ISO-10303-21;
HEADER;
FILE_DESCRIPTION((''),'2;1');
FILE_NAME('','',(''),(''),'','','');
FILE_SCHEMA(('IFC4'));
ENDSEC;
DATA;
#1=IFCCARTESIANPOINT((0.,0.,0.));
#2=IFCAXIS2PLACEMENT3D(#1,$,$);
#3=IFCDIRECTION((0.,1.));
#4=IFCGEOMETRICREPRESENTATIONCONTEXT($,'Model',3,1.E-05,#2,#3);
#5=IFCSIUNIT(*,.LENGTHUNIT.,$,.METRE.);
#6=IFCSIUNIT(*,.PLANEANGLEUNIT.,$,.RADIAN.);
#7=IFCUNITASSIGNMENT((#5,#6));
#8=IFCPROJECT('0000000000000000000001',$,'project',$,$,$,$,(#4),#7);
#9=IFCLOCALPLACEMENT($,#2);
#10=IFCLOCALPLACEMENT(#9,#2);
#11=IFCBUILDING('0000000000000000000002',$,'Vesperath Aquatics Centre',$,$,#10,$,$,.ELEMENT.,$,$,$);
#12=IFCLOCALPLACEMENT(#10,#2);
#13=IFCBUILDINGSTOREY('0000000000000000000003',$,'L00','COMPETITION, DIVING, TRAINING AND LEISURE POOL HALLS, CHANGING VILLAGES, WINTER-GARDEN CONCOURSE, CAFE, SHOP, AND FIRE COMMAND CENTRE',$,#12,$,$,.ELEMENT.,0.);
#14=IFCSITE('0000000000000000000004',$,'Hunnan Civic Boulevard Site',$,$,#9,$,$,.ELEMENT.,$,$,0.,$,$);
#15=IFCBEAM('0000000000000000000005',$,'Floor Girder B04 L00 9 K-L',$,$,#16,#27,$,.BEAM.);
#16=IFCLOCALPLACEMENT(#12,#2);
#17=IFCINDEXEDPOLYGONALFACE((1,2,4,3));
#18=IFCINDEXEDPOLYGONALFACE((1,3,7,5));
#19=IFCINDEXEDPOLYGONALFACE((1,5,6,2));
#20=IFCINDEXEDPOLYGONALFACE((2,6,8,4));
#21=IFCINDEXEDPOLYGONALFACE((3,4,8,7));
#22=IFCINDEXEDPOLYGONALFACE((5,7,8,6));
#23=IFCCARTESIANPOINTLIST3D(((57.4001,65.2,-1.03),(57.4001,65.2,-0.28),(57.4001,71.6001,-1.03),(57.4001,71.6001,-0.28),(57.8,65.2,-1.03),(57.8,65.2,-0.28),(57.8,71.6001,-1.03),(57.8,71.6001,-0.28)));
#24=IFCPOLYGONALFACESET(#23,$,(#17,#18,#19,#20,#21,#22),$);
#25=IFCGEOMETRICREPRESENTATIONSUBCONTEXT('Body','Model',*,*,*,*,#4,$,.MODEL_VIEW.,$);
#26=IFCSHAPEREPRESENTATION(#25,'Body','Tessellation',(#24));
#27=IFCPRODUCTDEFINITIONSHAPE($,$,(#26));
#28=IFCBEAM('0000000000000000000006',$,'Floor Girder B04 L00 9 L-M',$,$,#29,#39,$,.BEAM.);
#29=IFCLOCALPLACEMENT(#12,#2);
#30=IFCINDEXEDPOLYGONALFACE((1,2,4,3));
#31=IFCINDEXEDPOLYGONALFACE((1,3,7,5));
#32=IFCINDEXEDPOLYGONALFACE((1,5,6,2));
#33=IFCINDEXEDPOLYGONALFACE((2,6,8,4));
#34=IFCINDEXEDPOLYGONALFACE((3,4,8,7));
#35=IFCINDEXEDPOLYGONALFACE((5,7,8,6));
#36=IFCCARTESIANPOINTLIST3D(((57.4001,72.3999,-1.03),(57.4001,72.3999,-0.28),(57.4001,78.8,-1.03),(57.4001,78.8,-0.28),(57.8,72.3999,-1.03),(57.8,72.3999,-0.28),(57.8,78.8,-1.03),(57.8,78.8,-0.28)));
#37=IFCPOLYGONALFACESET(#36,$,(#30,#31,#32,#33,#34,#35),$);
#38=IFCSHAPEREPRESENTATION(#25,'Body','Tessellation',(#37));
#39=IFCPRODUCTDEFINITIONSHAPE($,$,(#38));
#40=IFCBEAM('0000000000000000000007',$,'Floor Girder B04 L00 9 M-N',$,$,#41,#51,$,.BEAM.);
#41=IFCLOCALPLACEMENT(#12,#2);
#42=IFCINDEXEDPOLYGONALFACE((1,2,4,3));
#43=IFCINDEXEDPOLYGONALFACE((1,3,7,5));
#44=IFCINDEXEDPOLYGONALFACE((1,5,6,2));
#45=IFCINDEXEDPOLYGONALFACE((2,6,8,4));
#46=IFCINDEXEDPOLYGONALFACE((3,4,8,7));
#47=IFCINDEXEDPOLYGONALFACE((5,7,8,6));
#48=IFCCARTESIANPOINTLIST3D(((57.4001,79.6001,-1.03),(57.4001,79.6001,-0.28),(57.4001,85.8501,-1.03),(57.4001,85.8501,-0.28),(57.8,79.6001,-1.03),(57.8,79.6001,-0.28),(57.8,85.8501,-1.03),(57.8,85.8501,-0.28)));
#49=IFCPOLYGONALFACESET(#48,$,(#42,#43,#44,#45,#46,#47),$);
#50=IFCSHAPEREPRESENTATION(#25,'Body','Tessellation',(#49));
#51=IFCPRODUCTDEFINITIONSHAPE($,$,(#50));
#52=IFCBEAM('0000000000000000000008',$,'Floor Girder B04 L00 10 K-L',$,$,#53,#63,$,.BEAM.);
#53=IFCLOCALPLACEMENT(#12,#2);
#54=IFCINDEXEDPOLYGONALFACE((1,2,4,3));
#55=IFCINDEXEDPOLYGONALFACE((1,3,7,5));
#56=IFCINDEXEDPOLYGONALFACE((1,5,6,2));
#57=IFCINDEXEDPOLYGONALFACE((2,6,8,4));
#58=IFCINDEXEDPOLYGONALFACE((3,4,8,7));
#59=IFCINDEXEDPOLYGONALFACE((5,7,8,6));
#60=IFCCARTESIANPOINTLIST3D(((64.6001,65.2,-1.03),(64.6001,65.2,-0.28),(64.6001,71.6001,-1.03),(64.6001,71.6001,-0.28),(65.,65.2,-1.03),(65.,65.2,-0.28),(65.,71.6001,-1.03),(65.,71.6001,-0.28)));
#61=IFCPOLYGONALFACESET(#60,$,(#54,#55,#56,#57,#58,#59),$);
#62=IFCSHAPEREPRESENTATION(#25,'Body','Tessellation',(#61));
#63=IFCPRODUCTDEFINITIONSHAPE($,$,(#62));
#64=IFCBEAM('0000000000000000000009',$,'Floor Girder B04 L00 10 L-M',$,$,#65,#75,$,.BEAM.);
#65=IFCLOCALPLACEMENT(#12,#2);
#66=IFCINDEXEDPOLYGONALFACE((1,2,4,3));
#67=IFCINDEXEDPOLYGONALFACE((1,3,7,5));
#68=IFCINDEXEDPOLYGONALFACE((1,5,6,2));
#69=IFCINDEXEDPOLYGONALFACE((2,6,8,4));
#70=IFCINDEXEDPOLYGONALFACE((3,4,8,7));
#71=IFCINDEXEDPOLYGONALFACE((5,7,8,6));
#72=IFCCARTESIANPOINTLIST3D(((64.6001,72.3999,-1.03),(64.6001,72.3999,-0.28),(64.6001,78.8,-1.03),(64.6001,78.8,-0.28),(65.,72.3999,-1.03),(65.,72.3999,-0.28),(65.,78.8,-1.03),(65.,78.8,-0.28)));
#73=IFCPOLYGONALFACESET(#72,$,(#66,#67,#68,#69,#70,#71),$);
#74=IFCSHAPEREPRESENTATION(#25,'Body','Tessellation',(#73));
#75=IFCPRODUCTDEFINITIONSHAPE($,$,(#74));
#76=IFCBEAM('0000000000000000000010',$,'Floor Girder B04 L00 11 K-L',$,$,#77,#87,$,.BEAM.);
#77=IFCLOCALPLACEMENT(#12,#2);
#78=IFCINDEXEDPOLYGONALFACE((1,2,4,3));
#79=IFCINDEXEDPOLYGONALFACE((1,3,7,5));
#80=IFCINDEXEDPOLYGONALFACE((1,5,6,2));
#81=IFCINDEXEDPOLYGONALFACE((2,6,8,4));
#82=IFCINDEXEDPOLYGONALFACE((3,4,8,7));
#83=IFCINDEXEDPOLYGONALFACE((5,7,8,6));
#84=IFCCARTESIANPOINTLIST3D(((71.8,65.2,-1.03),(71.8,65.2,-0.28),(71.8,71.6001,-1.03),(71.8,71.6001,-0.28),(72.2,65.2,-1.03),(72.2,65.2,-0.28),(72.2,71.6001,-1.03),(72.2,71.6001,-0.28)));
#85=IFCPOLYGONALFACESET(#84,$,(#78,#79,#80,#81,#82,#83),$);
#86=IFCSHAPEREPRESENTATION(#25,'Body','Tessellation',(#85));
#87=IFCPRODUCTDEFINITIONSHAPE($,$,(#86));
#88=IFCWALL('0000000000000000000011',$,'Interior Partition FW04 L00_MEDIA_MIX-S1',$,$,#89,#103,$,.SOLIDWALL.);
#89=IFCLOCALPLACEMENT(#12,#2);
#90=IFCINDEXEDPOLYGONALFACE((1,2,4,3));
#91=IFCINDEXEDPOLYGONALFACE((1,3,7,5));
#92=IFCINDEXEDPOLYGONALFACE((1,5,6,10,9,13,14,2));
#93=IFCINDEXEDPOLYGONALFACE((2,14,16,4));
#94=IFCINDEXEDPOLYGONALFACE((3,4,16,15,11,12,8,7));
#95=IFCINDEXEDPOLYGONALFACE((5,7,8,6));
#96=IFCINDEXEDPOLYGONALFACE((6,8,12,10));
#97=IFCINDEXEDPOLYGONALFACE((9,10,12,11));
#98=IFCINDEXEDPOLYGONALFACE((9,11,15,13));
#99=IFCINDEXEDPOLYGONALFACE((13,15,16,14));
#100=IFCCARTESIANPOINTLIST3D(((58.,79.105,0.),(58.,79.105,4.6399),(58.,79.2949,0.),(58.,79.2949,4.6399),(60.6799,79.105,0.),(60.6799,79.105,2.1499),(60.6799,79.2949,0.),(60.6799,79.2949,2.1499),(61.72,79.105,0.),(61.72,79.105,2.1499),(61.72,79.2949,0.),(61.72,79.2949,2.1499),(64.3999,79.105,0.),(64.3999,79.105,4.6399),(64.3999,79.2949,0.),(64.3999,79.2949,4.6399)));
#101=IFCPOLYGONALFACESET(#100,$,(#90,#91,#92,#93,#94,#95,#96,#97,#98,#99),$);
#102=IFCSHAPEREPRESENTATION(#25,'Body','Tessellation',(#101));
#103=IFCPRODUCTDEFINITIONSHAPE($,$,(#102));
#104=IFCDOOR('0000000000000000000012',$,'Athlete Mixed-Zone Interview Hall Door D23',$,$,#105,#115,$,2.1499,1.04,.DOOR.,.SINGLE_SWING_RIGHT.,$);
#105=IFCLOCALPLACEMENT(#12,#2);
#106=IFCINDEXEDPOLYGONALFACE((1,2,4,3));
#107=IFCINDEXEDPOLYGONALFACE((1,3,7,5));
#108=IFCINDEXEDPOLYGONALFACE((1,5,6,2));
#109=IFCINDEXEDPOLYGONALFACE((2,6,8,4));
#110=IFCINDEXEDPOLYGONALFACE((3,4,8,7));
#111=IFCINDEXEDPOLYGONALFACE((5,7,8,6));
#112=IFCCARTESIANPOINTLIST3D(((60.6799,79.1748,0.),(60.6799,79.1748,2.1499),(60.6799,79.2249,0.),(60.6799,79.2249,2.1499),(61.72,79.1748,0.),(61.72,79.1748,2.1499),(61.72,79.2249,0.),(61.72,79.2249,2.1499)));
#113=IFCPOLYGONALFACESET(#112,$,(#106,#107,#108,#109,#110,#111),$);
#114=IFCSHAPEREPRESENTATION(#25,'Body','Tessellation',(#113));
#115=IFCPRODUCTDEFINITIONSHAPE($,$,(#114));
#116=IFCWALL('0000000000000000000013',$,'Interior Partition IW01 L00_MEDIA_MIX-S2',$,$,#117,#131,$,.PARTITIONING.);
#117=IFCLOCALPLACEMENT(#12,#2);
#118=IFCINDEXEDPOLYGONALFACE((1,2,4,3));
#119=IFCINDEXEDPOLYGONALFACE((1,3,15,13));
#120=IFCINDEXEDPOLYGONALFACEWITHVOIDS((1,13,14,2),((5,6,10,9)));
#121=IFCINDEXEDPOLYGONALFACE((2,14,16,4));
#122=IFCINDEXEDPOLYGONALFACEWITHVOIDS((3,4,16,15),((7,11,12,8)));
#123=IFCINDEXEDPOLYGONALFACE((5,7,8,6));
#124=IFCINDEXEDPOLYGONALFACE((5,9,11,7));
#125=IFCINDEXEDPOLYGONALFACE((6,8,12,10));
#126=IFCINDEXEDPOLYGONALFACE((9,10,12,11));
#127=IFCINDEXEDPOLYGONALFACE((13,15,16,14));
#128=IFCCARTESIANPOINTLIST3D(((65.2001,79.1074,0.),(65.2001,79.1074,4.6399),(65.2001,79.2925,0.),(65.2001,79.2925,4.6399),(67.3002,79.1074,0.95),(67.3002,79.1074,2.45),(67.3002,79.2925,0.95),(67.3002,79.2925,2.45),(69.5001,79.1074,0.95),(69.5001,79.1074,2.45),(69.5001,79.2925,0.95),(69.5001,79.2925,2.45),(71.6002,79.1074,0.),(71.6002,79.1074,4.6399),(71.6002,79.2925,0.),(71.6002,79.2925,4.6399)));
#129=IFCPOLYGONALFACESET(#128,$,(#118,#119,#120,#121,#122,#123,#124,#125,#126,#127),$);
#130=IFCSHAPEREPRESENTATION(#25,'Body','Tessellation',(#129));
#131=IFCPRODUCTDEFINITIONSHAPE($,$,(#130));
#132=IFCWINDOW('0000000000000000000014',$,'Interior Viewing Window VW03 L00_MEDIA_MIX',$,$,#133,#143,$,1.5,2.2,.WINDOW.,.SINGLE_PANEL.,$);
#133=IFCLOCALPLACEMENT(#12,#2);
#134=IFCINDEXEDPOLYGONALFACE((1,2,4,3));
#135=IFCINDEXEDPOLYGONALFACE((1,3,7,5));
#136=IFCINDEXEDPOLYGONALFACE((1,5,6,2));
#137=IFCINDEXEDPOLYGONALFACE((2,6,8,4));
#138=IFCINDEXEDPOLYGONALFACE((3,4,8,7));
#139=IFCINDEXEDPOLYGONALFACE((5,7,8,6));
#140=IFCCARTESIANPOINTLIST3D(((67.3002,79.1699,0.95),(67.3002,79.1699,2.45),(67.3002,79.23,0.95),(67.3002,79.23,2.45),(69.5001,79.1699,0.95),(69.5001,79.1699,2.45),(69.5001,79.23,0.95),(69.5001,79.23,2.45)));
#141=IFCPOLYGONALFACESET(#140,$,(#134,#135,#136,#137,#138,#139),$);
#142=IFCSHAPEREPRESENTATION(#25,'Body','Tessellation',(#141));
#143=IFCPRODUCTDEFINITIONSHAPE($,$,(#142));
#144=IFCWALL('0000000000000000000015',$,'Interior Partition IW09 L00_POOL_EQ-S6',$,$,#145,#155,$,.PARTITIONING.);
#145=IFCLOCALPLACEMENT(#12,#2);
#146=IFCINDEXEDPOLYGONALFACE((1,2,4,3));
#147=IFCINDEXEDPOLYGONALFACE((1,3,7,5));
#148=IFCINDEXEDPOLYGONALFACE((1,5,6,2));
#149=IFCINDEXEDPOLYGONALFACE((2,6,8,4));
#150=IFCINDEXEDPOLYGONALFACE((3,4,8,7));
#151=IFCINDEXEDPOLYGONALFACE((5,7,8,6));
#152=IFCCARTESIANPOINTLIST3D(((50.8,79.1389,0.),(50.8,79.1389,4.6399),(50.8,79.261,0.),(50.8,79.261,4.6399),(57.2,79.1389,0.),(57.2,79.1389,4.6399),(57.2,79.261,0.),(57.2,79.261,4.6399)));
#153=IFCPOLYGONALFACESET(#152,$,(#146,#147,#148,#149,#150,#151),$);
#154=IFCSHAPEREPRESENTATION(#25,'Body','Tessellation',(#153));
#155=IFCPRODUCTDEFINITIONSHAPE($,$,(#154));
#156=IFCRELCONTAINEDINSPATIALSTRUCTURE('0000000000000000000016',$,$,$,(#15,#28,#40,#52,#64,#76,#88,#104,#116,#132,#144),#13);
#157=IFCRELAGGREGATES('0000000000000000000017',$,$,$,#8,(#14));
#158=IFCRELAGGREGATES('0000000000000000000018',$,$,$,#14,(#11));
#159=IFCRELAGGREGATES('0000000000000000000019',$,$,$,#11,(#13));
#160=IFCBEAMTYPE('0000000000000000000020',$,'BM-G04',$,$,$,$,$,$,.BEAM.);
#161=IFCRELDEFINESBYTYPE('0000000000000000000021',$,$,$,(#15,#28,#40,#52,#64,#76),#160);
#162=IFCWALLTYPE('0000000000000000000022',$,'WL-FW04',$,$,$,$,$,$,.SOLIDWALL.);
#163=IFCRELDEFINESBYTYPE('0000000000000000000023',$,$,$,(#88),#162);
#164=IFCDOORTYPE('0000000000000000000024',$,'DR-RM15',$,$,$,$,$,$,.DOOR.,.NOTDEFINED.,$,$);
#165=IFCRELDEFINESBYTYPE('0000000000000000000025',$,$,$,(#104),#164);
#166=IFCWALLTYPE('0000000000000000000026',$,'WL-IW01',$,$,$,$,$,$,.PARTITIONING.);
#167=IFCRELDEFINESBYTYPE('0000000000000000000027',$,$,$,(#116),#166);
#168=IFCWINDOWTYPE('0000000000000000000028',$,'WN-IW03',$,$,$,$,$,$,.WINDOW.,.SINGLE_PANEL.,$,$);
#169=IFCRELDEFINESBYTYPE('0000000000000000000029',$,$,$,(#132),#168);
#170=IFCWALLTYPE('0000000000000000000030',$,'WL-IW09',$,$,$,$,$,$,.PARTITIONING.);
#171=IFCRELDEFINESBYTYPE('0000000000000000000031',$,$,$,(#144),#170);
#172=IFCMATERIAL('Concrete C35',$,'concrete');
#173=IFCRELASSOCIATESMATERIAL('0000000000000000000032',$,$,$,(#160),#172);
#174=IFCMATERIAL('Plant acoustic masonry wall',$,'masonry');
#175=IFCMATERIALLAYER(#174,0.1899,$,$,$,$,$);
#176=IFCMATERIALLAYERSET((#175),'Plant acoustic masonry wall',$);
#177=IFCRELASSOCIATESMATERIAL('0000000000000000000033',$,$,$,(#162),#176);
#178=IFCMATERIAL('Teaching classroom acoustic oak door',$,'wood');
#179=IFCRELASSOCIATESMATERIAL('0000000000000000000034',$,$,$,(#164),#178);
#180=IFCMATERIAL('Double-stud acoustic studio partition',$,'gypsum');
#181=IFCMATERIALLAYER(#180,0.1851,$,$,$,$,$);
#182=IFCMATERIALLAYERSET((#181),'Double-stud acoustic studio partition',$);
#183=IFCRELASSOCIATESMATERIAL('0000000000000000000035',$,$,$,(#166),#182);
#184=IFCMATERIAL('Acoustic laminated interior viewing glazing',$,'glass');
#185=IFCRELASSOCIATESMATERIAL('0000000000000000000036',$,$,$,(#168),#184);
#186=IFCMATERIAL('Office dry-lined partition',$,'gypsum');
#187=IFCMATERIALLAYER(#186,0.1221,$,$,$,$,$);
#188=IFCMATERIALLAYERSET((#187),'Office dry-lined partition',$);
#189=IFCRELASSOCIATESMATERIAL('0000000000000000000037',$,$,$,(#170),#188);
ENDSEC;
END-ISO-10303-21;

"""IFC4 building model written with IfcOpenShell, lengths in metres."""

from ifc_helpers import new_model, si_unit, direction, frame, frame_2d, origin, origin_2d, place, context, subcontext, project, spatial, rectangle, extrude, material, layer, layer_set, material_profile, profile_set, type_object, element, fill, save


model = new_model("IFC4")

# Units and contexts
model_context = context("Model", 3, precision=1e-05, world=origin(), true_north=direction((0.0, 1.0)))
body_context = subcontext(model_context, "Body", "Model", "MODEL_VIEW")
ifc_project = project(units=[si_unit("LENGTHUNIT", "METRE"), si_unit("PLANEANGLEUNIT", "RADIAN")], contexts=[model_context])

# Site, building, storey
site_placement = place(None, origin())
site = spatial("IfcSite", under=ifc_project, at=site_placement, Name="Hunnan Civic Boulevard Site", CompositionType="ELEMENT", RefElevation=0.0)
building_placement = place(site_placement, origin())
building = spatial("IfcBuilding", under=site, at=building_placement, Name="Vesperath Aquatics Centre", CompositionType="ELEMENT")
storey_placement = place(building_placement, origin())
storey = spatial("IfcBuildingStorey", under=building, at=storey_placement, Name="L00", Description="COMPETITION, DIVING, TRAINING AND LEISURE POOL HALLS, CHANGING VILLAGES, WINTER-GARDEN CONCOURSE, CAFE, SHOP, AND FIRE COMMAND CENTRE", CompositionType="ELEMENT", Elevation=0.0)

# Shared definitions
ifc_material_1 = material(Name="Concrete C35", Category="concrete")

# Beams
ifc_material_profile_1 = material_profile(ifc_material_1, rectangle(XDim=0.3999, YDim=0.75, at=origin_2d()), Name="RC 400x750")
ifc_profile_set_1 = profile_set([ifc_material_profile_1], Name="Concrete C35")
beam_type_1 = type_object("IfcBeamType", Name="BM-G04", PredefinedType="BEAM", material=ifc_profile_set_1)
for number, where, z_axis, x_axis, name in (
    (1, (57.6001, 65.2, -0.655), (0.0, 1.0, 0.0), (-1.0, 0.0, 0.0), "Floor Girder B04 L00 9 K-L"),
    (2, (57.6001, 72.3999, -0.655), (0.0, 1.0, 0.0), (-1.0, 0.0, 0.0), "Floor Girder B04 L00 9 L-M"),
):
    element("IfcBeam", number, at=place(storey_placement, frame(where, z_axis=z_axis, x_axis=x_axis)), inside=storey, type_object=beam_type_1, Name=name, PredefinedType="BEAM", context=body_context, shape_type="SweptSolid", body=[
        extrude(rectangle(XDim=0.3999, YDim=0.75, at=origin_2d()), origin(), (0.0, 0.0, 1.0), 6.4001),
    ])
beam_placement = place(storey_placement, frame((57.6001, 79.6001, -0.655), z_axis=(0.0, 1.0, 0.0), x_axis=(-1.0, 0.0, 0.0)))
element("IfcBeam", 3, at=beam_placement, inside=storey, type_object=beam_type_1, Name="Floor Girder B04 L00 9 M-N", PredefinedType="BEAM", context=body_context, shape_type="SweptSolid", body=[
    extrude(rectangle(XDim=0.3999, YDim=0.75, at=origin_2d()), origin(), (0.0, 0.0, 1.0), 6.25),
])
for number, where, z_axis, x_axis, name in (
    (4, (64.8, 65.2, -0.655), (0.0, 1.0, 0.0), (-1.0, 0.0, 0.0), "Floor Girder B04 L00 10 K-L"),
    (5, (64.8, 72.3999, -0.655), (0.0, 1.0, 0.0), (-1.0, 0.0, 0.0), "Floor Girder B04 L00 10 L-M"),
    (6, (72.0, 65.2, -0.655), (0.0, 1.0, 0.0), (-1.0, 0.0, 0.0), "Floor Girder B04 L00 11 K-L"),
):
    element("IfcBeam", number, at=place(storey_placement, frame(where, z_axis=z_axis, x_axis=x_axis)), inside=storey, type_object=beam_type_1, Name=name, PredefinedType="BEAM", context=body_context, shape_type="SweptSolid", body=[
        extrude(rectangle(XDim=0.3999, YDim=0.75, at=origin_2d()), origin(), (0.0, 0.0, 1.0), 6.4001),
    ])

# Wall, opening, door
ifc_material_2 = material(Name="Plant acoustic masonry wall", Category="masonry")
ifc_layer_1 = layer(ifc_material_2, 0.1899)
ifc_layer_set_1 = layer_set([ifc_layer_1], Name="Plant acoustic masonry wall")
wall_type_1 = type_object("IfcWallType", Name="WL-FW04", PredefinedType="SOLIDWALL", material=ifc_layer_set_1)
wall_1_placement = place(storey_placement, frame((58.0, 79.2, 0.0), z_axis=(0.0, 0.0, 1.0), x_axis=(1.0, 0.0, 0.0)))
wall_1 = element("IfcWall", 7, at=wall_1_placement, inside=storey, type_object=wall_type_1, Name="Interior Partition FW04 L00_MEDIA_MIX-S1", PredefinedType="SOLIDWALL", context=body_context, shape_type="SweptSolid", body=[
    extrude(rectangle(XDim=6.3999, YDim=0.1899, at=frame_2d((3.2, 0.0))), origin(), (0.0, 0.0, 1.0), 4.6399),
])
opening_1_placement = place(wall_1_placement, frame((2.6799, 0.0, 0.0)))
opening_1 = element("IfcOpeningElement", 8, at=opening_1_placement, cuts=wall_1, PredefinedType="OPENING", context=body_context, shape_type="SweptSolid", body=[
    extrude(rectangle(XDim=1.04, YDim=2.1499, at=frame_2d((0.52, 1.075))), frame((0.0, 0.1099, 0.0), z_axis=(0.0, -1.0, 0.0), x_axis=(1.0, 0.0, 0.0)), (0.0, 0.0, 1.0), 0.2197),
])
ifc_material_3 = material(Name="Teaching classroom acoustic oak door", Category="wood")
door_type = type_object("IfcDoorType", Name="DR-RM15", OperationType="NOTDEFINED", PredefinedType="DOOR", material=ifc_material_3)
door_placement = place(opening_1_placement, origin())
door = element("IfcDoor", 9, at=door_placement, inside=storey, type_object=door_type, Name="Athlete Mixed-Zone Interview Hall Door D23", OperationType="SINGLE_SWING_RIGHT", OverallHeight=2.1499, OverallWidth=1.04, PredefinedType="DOOR", context=body_context, shape_type="SweptSolid", body=[
    extrude(rectangle(XDim=1.04, YDim=2.1499, at=frame_2d((0.52, 1.075))), frame((0.0, 0.0249, 0.0), z_axis=(0.0, -1.0, 0.0), x_axis=(1.0, 0.0, 0.0)), (0.0, 0.0, 1.0), 0.05),
])
fill(opening_1, door)

# Wall, opening, window
ifc_material_4 = material(Name="Double-stud acoustic studio partition", Category="gypsum")
ifc_layer_2 = layer(ifc_material_4, 0.1851)
ifc_layer_set_2 = layer_set([ifc_layer_2], Name="Double-stud acoustic studio partition")
wall_type_2 = type_object("IfcWallType", Name="WL-IW01", PredefinedType="PARTITIONING", material=ifc_layer_set_2)
wall_2_placement = place(storey_placement, frame((65.2, 79.2, 0.0), z_axis=(0.0, 0.0, 1.0), x_axis=(1.0, 0.0, 0.0)))
wall_2 = element("IfcWall", 10, at=wall_2_placement, inside=storey, type_object=wall_type_2, Name="Interior Partition IW01 L00_MEDIA_MIX-S2", PredefinedType="PARTITIONING", context=body_context, shape_type="SweptSolid", body=[
    extrude(rectangle(XDim=6.4001, YDim=0.1851, at=frame_2d((3.2002, 0.0))), origin(), (0.0, 0.0, 1.0), 4.6399),
])
opening_2_placement = place(wall_2_placement, frame((2.1001, 0.0, 0.95)))
opening_2 = element("IfcOpeningElement", 11, at=opening_2_placement, cuts=wall_2, PredefinedType="OPENING", context=body_context, shape_type="SweptSolid", body=[
    extrude(rectangle(XDim=2.2, YDim=1.5, at=frame_2d((1.1001, 0.75))), frame((0.0, 0.1074, 0.0), z_axis=(0.0, -1.0, 0.0), x_axis=(1.0, 0.0, 0.0)), (0.0, 0.0, 1.0), 0.2148),
])
ifc_material_5 = material(Name="Acoustic laminated interior viewing glazing", Category="glass")
window_type = type_object("IfcWindowType", Name="WN-IW03", PartitioningType="SINGLE_PANEL", PredefinedType="WINDOW", material=ifc_material_5)
window_placement = place(opening_2_placement, origin())
window = element("IfcWindow", 12, at=window_placement, inside=storey, type_object=window_type, Name="Interior Viewing Window VW03 L00_MEDIA_MIX", OverallHeight=1.5, OverallWidth=2.2, PartitioningType="SINGLE_PANEL", PredefinedType="WINDOW", context=body_context, shape_type="SweptSolid", body=[
    extrude(rectangle(XDim=2.2, YDim=1.5, at=frame_2d((1.1001, 0.75))), frame((0.0, 0.03, 0.0), z_axis=(0.0, -1.0, 0.0), x_axis=(1.0, 0.0, 0.0)), (0.0, 0.0, 1.0), 0.0601),
])
fill(opening_2, window)

# Wall
ifc_material_6 = material(Name="Office dry-lined partition", Category="gypsum")
ifc_layer_3 = layer(ifc_material_6, 0.1221)
ifc_layer_set_3 = layer_set([ifc_layer_3], Name="Office dry-lined partition")
wall_type_3 = type_object("IfcWallType", Name="WL-IW09", PredefinedType="PARTITIONING", material=ifc_layer_set_3)
wall_3_placement = place(storey_placement, frame((50.8, 79.2, 0.0), z_axis=(0.0, 0.0, 1.0), x_axis=(1.0, 0.0, 0.0)))
element("IfcWall", 13, at=wall_3_placement, inside=storey, type_object=wall_type_3, Name="Interior Partition IW09 L00_POOL_EQ-S6", PredefinedType="PARTITIONING", context=body_context, shape_type="SweptSolid", body=[
    extrude(rectangle(XDim=6.3999, YDim=0.1221, at=frame_2d((3.2, 0.0))), origin(), (0.0, 0.0, 1.0), 4.6399),
])

save(model, "model.ifc")
